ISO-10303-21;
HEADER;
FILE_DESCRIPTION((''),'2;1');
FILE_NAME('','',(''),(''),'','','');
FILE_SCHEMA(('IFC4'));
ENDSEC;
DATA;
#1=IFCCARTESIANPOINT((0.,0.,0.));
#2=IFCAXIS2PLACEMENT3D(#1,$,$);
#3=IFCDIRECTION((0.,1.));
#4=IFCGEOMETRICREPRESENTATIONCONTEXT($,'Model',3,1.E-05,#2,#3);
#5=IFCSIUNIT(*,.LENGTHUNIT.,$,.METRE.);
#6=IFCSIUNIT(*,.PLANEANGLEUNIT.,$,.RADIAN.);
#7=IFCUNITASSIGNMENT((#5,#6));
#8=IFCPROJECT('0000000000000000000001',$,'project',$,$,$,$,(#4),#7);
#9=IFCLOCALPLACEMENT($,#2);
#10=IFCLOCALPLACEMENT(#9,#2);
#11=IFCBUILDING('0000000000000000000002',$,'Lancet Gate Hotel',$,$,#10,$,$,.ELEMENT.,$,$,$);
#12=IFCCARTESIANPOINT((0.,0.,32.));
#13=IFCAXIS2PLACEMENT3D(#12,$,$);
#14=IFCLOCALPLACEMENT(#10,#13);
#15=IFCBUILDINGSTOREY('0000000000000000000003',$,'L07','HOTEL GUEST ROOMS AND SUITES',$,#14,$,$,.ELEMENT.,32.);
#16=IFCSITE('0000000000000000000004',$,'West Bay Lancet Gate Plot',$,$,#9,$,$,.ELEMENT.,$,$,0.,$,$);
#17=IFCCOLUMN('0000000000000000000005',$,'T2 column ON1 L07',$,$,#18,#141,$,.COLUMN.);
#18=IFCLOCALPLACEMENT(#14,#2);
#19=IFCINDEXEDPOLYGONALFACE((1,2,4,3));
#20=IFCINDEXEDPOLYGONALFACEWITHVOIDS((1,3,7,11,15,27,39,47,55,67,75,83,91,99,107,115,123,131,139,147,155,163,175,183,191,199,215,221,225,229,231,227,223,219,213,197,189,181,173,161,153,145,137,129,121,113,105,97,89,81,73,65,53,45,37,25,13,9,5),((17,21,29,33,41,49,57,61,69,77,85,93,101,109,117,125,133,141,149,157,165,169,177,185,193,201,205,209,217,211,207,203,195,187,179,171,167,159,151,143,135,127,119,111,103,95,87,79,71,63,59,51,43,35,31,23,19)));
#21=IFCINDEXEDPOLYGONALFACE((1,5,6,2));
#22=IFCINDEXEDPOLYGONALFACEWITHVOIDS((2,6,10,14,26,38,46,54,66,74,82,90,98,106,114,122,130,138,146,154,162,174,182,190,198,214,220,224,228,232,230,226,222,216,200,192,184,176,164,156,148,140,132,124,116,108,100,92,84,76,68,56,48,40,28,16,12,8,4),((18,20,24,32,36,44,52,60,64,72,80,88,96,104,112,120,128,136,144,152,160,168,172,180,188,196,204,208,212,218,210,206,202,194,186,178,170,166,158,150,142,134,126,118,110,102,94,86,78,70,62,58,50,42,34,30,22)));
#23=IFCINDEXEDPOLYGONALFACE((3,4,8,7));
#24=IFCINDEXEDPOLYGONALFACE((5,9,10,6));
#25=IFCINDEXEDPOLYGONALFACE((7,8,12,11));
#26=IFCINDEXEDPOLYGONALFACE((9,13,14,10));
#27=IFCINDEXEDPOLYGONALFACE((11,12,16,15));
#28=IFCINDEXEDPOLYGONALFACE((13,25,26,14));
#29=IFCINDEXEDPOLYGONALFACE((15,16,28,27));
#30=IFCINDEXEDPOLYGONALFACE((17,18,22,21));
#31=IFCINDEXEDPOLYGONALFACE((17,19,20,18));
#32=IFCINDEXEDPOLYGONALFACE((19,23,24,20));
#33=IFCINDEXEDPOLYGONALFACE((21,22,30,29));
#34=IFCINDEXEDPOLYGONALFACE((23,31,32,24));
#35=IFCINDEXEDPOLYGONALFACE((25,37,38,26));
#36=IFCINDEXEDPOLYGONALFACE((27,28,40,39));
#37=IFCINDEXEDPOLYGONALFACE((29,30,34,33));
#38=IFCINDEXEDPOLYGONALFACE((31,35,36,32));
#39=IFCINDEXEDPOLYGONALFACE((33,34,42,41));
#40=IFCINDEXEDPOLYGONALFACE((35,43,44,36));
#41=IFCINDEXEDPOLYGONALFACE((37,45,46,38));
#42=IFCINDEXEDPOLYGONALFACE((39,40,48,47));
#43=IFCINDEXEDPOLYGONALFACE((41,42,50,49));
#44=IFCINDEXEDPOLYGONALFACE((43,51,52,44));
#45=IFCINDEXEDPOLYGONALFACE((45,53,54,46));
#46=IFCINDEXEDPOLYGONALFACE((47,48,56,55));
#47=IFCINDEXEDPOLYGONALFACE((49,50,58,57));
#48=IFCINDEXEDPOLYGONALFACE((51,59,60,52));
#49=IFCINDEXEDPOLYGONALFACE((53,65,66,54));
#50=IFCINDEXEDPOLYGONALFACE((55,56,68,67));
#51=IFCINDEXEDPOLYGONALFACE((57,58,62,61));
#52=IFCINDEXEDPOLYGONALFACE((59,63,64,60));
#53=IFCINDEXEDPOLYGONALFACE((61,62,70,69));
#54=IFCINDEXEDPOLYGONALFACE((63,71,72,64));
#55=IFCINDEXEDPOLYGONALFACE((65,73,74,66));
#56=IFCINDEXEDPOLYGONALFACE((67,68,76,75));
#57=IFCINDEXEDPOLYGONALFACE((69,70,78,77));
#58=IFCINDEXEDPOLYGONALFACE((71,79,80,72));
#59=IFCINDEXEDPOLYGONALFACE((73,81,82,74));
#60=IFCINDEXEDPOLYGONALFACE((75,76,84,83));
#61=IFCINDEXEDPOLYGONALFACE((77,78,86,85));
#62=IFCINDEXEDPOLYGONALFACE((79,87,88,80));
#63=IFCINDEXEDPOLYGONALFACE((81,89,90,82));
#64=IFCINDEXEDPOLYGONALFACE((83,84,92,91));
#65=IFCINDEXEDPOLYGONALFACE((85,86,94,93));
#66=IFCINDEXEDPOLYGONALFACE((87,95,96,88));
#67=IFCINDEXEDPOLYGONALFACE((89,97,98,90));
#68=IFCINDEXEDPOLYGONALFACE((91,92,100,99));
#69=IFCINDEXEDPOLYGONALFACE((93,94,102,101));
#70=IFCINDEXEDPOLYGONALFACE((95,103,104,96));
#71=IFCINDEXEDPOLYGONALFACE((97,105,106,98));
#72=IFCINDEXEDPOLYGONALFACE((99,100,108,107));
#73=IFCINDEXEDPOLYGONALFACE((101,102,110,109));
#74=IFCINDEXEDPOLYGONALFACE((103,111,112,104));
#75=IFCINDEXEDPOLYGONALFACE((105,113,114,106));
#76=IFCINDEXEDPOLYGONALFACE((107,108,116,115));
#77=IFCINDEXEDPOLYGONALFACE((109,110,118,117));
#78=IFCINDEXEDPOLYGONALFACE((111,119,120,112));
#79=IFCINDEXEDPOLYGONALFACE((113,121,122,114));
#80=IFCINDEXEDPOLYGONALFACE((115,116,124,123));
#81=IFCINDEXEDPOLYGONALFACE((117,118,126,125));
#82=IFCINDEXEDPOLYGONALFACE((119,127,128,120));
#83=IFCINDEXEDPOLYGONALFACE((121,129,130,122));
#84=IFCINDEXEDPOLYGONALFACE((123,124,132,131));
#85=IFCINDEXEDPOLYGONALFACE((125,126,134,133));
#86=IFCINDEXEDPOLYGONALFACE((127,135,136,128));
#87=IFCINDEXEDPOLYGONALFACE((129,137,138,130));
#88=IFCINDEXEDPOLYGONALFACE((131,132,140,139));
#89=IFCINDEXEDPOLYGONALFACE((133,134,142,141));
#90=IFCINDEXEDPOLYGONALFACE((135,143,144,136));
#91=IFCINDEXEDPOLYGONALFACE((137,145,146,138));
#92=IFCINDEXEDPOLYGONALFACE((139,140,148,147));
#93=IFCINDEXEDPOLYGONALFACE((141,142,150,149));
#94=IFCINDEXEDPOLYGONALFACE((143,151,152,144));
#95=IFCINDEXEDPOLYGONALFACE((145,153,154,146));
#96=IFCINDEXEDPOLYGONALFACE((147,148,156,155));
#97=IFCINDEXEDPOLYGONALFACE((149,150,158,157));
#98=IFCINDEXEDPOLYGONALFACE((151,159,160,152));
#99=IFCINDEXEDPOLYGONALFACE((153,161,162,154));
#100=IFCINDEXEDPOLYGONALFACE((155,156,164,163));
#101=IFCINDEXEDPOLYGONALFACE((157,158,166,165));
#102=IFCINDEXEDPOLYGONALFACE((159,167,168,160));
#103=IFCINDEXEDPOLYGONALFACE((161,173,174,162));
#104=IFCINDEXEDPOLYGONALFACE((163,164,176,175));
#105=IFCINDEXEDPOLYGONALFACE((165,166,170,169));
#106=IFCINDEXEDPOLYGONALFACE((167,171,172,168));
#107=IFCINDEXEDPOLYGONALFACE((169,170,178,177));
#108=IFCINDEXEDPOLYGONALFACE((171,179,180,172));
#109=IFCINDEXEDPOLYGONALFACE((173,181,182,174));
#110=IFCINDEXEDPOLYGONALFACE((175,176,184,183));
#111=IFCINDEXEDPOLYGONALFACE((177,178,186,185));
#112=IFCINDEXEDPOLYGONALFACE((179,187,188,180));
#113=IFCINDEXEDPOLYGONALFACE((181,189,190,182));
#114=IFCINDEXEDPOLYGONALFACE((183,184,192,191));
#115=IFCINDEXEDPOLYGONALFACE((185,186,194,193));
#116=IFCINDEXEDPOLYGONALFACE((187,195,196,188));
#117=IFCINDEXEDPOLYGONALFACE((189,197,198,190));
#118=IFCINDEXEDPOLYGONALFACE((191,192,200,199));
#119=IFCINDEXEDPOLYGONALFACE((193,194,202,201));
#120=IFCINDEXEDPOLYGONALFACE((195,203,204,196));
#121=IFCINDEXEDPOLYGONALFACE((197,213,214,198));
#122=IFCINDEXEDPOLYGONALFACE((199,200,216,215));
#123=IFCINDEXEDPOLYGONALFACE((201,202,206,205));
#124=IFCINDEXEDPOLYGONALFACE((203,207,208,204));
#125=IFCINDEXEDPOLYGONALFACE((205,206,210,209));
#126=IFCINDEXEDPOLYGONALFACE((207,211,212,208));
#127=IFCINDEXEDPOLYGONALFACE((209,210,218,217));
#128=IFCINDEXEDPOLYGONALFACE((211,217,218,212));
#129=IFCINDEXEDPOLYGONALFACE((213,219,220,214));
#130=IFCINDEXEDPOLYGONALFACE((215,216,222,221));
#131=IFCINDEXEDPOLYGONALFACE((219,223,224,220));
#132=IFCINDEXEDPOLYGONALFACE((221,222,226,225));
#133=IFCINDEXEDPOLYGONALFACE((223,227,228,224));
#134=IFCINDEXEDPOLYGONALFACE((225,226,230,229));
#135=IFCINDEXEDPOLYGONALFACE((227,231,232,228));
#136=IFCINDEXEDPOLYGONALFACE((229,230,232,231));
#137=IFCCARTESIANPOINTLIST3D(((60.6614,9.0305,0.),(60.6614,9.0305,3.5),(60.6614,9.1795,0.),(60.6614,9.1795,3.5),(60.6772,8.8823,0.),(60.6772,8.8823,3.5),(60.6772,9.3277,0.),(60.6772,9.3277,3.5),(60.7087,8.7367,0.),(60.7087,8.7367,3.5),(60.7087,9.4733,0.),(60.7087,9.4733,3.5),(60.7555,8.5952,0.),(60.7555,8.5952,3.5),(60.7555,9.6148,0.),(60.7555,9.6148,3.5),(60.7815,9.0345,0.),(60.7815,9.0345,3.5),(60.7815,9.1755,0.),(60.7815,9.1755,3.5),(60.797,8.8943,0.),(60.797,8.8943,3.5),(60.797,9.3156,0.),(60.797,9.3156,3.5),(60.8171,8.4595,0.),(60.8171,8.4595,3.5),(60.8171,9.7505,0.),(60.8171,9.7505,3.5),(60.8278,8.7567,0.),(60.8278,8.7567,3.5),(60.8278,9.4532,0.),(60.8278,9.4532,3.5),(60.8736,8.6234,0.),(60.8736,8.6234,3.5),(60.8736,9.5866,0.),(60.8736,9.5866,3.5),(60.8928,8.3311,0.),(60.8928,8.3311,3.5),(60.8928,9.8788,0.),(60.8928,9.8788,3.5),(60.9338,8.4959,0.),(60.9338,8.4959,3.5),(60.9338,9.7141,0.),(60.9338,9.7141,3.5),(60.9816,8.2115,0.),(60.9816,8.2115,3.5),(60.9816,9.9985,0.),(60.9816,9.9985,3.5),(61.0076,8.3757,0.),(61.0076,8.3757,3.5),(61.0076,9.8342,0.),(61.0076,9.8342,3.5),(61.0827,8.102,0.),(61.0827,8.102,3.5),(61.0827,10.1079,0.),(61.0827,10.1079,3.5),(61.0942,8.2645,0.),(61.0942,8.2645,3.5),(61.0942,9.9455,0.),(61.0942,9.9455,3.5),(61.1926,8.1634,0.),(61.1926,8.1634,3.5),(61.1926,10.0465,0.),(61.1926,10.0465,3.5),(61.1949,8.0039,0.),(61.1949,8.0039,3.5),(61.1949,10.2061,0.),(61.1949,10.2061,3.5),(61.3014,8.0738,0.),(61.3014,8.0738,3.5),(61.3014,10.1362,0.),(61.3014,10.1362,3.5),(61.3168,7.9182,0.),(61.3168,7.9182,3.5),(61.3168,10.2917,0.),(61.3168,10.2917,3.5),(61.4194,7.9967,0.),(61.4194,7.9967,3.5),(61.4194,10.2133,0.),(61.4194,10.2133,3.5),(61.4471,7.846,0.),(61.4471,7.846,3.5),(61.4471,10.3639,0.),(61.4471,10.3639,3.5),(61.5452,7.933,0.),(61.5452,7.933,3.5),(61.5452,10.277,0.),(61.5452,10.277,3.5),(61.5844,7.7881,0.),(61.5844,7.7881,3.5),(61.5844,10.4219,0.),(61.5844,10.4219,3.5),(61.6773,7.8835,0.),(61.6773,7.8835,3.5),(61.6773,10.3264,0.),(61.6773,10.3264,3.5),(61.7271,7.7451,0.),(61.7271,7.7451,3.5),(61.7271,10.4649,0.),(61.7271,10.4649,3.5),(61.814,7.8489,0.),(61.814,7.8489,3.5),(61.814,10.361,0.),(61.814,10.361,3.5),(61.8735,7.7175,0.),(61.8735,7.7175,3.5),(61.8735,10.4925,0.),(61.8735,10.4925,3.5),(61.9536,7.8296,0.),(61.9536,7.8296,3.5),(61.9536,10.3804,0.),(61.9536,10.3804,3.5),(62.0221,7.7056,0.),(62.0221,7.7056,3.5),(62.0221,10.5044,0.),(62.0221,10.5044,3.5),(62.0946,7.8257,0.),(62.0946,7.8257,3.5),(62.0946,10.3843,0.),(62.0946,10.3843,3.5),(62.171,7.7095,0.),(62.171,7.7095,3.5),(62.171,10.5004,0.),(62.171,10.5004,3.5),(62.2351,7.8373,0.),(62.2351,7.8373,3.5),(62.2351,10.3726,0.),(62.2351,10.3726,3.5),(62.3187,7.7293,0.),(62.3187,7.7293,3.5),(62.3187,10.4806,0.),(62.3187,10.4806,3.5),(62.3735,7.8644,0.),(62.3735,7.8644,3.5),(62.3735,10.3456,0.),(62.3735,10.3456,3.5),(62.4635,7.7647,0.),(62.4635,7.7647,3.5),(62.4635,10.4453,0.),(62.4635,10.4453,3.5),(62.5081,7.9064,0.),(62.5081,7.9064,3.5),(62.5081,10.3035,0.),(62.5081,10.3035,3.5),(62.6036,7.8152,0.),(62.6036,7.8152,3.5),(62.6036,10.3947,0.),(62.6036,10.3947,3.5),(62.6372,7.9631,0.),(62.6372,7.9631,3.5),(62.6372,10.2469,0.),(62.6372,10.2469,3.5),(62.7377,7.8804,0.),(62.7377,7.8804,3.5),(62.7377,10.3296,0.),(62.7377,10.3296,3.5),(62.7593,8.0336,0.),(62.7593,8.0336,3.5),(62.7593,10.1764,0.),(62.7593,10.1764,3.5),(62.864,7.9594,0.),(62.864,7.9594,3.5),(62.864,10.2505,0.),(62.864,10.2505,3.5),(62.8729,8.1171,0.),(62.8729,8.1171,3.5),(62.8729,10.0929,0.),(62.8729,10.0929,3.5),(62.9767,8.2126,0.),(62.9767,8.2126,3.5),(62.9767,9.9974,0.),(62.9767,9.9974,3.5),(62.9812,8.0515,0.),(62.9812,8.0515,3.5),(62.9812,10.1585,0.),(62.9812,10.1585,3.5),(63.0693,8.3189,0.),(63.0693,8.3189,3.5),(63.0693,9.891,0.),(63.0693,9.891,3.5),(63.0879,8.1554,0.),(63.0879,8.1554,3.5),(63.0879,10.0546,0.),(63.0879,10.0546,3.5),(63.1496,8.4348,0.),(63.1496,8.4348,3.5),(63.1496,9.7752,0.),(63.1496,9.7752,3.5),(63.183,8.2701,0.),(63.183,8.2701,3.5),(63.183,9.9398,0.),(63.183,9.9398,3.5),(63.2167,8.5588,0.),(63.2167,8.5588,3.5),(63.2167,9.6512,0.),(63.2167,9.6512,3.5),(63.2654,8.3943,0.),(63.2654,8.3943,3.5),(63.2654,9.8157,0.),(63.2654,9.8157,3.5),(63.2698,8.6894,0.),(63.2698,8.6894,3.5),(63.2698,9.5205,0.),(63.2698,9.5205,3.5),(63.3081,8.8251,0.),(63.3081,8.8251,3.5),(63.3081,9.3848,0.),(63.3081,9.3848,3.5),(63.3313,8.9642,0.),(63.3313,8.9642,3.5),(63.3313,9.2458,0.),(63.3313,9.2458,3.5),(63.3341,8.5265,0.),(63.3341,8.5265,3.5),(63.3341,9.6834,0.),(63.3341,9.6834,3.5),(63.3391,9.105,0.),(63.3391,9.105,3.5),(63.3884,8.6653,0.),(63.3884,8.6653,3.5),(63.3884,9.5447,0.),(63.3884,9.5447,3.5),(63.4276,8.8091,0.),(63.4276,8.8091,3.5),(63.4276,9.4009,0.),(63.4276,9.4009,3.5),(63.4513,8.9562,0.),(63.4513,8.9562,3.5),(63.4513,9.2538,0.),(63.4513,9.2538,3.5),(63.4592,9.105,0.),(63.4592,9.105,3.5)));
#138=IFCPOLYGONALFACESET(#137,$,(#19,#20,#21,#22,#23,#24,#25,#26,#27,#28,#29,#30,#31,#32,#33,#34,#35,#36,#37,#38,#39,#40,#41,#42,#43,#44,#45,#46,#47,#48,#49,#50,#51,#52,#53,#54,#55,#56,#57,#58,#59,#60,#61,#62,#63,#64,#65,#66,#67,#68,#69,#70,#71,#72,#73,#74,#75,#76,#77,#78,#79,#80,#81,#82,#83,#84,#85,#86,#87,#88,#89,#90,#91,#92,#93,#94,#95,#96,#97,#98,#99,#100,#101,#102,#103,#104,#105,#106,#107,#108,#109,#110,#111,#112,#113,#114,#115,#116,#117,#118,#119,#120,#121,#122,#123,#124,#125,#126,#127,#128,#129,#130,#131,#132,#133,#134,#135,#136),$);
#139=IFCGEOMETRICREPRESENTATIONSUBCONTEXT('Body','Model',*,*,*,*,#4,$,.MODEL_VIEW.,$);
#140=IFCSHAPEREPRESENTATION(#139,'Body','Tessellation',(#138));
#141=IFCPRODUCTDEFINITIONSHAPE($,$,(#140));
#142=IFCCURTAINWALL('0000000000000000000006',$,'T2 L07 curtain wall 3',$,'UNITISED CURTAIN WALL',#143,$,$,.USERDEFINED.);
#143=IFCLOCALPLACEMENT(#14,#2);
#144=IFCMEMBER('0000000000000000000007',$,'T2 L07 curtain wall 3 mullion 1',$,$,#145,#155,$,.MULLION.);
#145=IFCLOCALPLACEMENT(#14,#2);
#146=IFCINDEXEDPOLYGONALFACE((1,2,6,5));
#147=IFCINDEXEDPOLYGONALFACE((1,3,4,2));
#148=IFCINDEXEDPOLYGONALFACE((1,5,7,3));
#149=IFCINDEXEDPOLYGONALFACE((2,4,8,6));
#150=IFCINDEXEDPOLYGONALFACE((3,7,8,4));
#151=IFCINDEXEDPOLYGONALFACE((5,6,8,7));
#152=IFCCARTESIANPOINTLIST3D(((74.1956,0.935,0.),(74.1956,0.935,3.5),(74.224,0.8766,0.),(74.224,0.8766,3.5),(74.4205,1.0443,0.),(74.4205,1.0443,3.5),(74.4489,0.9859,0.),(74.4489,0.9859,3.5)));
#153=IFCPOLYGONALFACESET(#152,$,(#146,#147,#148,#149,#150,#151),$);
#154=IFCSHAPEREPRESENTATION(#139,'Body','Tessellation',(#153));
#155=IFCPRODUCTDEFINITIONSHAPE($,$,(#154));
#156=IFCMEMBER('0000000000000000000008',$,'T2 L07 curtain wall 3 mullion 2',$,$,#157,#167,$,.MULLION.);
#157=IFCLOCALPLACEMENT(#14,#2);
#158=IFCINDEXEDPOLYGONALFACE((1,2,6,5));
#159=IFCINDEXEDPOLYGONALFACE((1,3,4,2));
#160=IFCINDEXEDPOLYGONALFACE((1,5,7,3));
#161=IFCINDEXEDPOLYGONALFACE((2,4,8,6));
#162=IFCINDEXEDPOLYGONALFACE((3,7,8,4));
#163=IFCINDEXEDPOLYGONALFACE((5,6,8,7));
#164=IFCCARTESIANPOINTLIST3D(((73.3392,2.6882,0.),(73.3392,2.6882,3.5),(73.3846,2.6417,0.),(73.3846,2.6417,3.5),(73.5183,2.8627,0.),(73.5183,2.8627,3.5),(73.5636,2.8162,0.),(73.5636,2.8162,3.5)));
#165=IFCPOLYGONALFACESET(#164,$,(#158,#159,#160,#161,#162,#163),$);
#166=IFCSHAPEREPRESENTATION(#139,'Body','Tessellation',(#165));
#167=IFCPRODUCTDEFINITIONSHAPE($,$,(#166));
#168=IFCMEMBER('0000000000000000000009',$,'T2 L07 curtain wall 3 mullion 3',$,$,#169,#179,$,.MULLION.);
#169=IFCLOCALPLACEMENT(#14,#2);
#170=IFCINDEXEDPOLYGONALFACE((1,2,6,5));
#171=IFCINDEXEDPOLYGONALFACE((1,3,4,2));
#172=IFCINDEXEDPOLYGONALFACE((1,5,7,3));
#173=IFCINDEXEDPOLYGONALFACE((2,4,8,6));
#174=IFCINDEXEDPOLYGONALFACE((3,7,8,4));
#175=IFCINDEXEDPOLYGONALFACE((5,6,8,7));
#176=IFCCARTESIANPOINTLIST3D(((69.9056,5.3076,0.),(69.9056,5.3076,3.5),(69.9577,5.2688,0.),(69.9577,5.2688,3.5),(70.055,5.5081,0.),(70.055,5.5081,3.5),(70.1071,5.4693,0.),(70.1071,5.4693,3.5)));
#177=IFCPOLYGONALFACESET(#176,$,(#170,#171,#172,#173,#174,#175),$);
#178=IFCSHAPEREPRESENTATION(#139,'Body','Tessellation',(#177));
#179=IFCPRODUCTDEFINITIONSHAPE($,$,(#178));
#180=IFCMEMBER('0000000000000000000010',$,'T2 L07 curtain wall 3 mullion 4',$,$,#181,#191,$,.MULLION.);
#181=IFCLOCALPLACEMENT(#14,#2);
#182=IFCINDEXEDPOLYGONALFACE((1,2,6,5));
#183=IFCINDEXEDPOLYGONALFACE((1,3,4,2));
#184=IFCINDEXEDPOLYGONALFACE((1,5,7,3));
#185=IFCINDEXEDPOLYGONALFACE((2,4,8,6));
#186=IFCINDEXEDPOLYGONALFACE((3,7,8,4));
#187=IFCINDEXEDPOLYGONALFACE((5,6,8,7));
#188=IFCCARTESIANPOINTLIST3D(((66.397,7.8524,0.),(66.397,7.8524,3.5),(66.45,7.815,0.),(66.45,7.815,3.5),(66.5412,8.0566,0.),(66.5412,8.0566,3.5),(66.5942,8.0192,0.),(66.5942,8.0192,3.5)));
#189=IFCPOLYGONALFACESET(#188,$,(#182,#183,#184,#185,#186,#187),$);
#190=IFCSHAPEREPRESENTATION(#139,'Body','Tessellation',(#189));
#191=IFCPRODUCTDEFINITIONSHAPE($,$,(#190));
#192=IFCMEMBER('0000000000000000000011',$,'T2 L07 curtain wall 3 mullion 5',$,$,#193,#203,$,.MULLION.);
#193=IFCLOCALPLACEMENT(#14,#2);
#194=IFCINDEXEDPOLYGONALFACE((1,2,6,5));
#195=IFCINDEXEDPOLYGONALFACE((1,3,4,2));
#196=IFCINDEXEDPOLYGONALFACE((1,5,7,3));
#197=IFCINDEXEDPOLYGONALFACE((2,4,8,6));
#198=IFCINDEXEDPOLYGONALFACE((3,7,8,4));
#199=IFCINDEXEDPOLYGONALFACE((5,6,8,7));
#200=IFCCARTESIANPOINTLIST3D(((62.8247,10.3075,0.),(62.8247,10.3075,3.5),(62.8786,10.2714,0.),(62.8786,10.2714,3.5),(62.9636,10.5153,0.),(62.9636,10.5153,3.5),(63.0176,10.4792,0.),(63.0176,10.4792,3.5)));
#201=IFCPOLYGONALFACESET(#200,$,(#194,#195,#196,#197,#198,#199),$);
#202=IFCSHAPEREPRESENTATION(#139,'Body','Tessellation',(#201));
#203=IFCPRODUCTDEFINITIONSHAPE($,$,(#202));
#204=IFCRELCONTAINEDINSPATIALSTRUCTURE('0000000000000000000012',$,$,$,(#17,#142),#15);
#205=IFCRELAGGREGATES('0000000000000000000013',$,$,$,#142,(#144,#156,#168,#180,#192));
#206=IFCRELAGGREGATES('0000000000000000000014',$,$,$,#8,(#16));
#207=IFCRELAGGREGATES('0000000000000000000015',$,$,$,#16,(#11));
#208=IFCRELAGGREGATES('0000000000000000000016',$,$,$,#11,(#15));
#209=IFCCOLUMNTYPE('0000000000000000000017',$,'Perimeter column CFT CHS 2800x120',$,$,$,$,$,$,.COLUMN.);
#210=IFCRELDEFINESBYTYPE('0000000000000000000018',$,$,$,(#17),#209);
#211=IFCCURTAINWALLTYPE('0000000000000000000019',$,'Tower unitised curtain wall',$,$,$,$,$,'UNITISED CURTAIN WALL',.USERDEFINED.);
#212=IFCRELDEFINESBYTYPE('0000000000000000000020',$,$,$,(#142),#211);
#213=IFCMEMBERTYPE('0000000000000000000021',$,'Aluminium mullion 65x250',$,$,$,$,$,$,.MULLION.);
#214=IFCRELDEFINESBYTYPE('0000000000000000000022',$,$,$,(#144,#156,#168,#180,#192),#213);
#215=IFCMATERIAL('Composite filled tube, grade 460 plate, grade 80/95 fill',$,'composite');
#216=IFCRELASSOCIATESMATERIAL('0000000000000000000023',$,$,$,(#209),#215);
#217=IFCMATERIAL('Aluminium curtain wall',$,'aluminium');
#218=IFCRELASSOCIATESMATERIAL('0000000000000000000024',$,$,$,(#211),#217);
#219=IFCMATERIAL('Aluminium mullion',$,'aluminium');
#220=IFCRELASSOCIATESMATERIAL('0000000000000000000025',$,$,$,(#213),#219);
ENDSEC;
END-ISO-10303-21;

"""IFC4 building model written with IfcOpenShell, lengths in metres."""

from ifc_helpers import new_model, si_unit, direction, frame, origin, origin_2d, place, context, subcontext, project, spatial, rectangle, hollow_circle, extrude, material, material_profile, profile_set, type_object, element, aggregate, save


model = new_model("IFC4")

# Units and contexts
model_context = context("Model", 3, precision=1e-05, world=origin(), true_north=direction((0.0, 1.0)))
body_context = subcontext(model_context, "Body", "Model", "MODEL_VIEW")
ifc_project = project(units=[si_unit("LENGTHUNIT", "METRE"), si_unit("PLANEANGLEUNIT", "RADIAN")], contexts=[model_context])

# Site, building, storey
site_placement = place(None, origin())
site = spatial("IfcSite", under=ifc_project, at=site_placement, Name="West Bay Lancet Gate Plot", CompositionType="ELEMENT", RefElevation=0.0)
building_placement = place(site_placement, origin())
building = spatial("IfcBuilding", under=site, at=building_placement, Name="Lancet Gate Hotel", CompositionType="ELEMENT")
storey_placement = place(building_placement, frame((0.0, 0.0, 32.0)))
storey = spatial("IfcBuildingStorey", under=building, at=storey_placement, Name="L07", Description="HOTEL GUEST ROOMS AND SUITES", CompositionType="ELEMENT", Elevation=32.0)

# Column
ifc_material_1 = material(Name="Composite filled tube, grade 460 plate, grade 80/95 fill", Category="composite")
ifc_material_profile_1 = material_profile(ifc_material_1, hollow_circle(Radius=1.3999, WallThickness=0.1201, at=origin_2d()), Name="CHS 2800x120")
ifc_profile_set_1 = profile_set([ifc_material_profile_1], Name="Composite filled tube, grade 460 plate, grade 80/95 fill")
column_type_1 = type_object("IfcColumnType", Name="Perimeter column CFT CHS 2800x120", PredefinedType="COLUMN", material=ifc_profile_set_1)
column_1_placement = place(storey_placement, frame((62.0593, 9.105, 0.0), z_axis=(0.0, 0.0, 1.0), x_axis=(1.0, 0.0, 0.0)))
element("IfcColumn", 1, at=column_1_placement, inside=storey, type_object=column_type_1, Name="T2 column ON1 L07", PredefinedType="COLUMN", context=body_context, shape_type="SweptSolid", body=[
    extrude(hollow_circle(Radius=1.3999, WallThickness=0.1201, at=origin_2d()), origin(), (0.0, 0.0, 1.0), 3.5),
])

# Curtain wall, members
ifc_material_2 = material(Name="Aluminium curtain wall", Category="aluminium")
curtain_wall_type = type_object("IfcCurtainWallType", Name="Tower unitised curtain wall", ElementType="UNITISED CURTAIN WALL", PredefinedType="USERDEFINED", material=ifc_material_2)
curtain_wall_placement = place(storey_placement, origin())
curtain_wall = element("IfcCurtainWall", 2, at=curtain_wall_placement, inside=storey, type_object=curtain_wall_type, Name="T2 L07 curtain wall 3", ObjectType="UNITISED CURTAIN WALL", PredefinedType="USERDEFINED")
ifc_material_3 = material(Name="Aluminium mullion", Category="aluminium")
ifc_material_profile_2 = material_profile(ifc_material_3, rectangle(XDim=0.0649, YDim=0.25, at=origin_2d()), Name="MULLION 65x250")
ifc_profile_set_2 = profile_set([ifc_material_profile_2], Name="Aluminium mullion")
member_type_1 = type_object("IfcMemberType", Name="Aluminium mullion 65x250", PredefinedType="MULLION", material=ifc_profile_set_2)
member_1_placement = place(storey_placement, frame((74.3223, 0.9604, 0.0), z_axis=(0.0, 0.0, 1.0), x_axis=(-0.437169, 0.899379, 0.0)))
member_1 = element("IfcMember", 3, at=member_1_placement, type_object=member_type_1, Name="T2 L07 curtain wall 3 mullion 1", PredefinedType="MULLION", context=body_context, shape_type="SweptSolid", body=[
    extrude(rectangle(XDim=0.0649, YDim=0.25, at=origin_2d()), origin(), (0.0, 0.0, 1.0), 3.5),
])
member_2_placement = place(storey_placement, frame((73.4514, 2.7522, 0.0), z_axis=(0.0, 0.0, 1.0), x_axis=(-0.697983, 0.716114, 0.0)))
member_2 = element("IfcMember", 4, at=member_2_placement, type_object=member_type_1, Name="T2 L07 curtain wall 3 mullion 2", PredefinedType="MULLION", context=body_context, shape_type="SweptSolid", body=[
    extrude(rectangle(XDim=0.0649, YDim=0.25, at=origin_2d()), origin(), (0.0, 0.0, 1.0), 3.5),
])
member_3_placement = place(storey_placement, frame((70.0063, 5.3884, 0.0), z_axis=(0.0, 0.0, 1.0), x_axis=(-0.80183, 0.597552, 0.0)))
member_3 = element("IfcMember", 5, at=member_3_placement, type_object=member_type_1, Name="T2 L07 curtain wall 3 mullion 3", PredefinedType="MULLION", context=body_context, shape_type="SweptSolid", body=[
    extrude(rectangle(XDim=0.0649, YDim=0.25, at=origin_2d()), origin(), (0.0, 0.0, 1.0), 3.5),
])
member_4_placement = place(storey_placement, frame((66.4956, 7.9358, 0.0), z_axis=(0.0, 0.0, 1.0), x_axis=(-0.816779, 0.576951, 0.0)))
member_4 = element("IfcMember", 6, at=member_4_placement, type_object=member_type_1, Name="T2 L07 curtain wall 3 mullion 4", PredefinedType="MULLION", context=body_context, shape_type="SweptSolid", body=[
    extrude(rectangle(XDim=0.0649, YDim=0.25, at=origin_2d()), origin(), (0.0, 0.0, 1.0), 3.5),
])
member_5_placement = place(storey_placement, frame((62.9211, 10.3933, 0.0), z_axis=(0.0, 0.0, 1.0), x_axis=(-0.831198, 0.555976, 0.0)))
member_5 = element("IfcMember", 7, at=member_5_placement, type_object=member_type_1, Name="T2 L07 curtain wall 3 mullion 5", PredefinedType="MULLION", context=body_context, shape_type="SweptSolid", body=[
    extrude(rectangle(XDim=0.0649, YDim=0.25, at=origin_2d()), origin(), (0.0, 0.0, 1.0), 3.5),
])

aggregate(curtain_wall, [member_1, member_2, member_3, member_4, member_5])

save(model, "model.ifc")
